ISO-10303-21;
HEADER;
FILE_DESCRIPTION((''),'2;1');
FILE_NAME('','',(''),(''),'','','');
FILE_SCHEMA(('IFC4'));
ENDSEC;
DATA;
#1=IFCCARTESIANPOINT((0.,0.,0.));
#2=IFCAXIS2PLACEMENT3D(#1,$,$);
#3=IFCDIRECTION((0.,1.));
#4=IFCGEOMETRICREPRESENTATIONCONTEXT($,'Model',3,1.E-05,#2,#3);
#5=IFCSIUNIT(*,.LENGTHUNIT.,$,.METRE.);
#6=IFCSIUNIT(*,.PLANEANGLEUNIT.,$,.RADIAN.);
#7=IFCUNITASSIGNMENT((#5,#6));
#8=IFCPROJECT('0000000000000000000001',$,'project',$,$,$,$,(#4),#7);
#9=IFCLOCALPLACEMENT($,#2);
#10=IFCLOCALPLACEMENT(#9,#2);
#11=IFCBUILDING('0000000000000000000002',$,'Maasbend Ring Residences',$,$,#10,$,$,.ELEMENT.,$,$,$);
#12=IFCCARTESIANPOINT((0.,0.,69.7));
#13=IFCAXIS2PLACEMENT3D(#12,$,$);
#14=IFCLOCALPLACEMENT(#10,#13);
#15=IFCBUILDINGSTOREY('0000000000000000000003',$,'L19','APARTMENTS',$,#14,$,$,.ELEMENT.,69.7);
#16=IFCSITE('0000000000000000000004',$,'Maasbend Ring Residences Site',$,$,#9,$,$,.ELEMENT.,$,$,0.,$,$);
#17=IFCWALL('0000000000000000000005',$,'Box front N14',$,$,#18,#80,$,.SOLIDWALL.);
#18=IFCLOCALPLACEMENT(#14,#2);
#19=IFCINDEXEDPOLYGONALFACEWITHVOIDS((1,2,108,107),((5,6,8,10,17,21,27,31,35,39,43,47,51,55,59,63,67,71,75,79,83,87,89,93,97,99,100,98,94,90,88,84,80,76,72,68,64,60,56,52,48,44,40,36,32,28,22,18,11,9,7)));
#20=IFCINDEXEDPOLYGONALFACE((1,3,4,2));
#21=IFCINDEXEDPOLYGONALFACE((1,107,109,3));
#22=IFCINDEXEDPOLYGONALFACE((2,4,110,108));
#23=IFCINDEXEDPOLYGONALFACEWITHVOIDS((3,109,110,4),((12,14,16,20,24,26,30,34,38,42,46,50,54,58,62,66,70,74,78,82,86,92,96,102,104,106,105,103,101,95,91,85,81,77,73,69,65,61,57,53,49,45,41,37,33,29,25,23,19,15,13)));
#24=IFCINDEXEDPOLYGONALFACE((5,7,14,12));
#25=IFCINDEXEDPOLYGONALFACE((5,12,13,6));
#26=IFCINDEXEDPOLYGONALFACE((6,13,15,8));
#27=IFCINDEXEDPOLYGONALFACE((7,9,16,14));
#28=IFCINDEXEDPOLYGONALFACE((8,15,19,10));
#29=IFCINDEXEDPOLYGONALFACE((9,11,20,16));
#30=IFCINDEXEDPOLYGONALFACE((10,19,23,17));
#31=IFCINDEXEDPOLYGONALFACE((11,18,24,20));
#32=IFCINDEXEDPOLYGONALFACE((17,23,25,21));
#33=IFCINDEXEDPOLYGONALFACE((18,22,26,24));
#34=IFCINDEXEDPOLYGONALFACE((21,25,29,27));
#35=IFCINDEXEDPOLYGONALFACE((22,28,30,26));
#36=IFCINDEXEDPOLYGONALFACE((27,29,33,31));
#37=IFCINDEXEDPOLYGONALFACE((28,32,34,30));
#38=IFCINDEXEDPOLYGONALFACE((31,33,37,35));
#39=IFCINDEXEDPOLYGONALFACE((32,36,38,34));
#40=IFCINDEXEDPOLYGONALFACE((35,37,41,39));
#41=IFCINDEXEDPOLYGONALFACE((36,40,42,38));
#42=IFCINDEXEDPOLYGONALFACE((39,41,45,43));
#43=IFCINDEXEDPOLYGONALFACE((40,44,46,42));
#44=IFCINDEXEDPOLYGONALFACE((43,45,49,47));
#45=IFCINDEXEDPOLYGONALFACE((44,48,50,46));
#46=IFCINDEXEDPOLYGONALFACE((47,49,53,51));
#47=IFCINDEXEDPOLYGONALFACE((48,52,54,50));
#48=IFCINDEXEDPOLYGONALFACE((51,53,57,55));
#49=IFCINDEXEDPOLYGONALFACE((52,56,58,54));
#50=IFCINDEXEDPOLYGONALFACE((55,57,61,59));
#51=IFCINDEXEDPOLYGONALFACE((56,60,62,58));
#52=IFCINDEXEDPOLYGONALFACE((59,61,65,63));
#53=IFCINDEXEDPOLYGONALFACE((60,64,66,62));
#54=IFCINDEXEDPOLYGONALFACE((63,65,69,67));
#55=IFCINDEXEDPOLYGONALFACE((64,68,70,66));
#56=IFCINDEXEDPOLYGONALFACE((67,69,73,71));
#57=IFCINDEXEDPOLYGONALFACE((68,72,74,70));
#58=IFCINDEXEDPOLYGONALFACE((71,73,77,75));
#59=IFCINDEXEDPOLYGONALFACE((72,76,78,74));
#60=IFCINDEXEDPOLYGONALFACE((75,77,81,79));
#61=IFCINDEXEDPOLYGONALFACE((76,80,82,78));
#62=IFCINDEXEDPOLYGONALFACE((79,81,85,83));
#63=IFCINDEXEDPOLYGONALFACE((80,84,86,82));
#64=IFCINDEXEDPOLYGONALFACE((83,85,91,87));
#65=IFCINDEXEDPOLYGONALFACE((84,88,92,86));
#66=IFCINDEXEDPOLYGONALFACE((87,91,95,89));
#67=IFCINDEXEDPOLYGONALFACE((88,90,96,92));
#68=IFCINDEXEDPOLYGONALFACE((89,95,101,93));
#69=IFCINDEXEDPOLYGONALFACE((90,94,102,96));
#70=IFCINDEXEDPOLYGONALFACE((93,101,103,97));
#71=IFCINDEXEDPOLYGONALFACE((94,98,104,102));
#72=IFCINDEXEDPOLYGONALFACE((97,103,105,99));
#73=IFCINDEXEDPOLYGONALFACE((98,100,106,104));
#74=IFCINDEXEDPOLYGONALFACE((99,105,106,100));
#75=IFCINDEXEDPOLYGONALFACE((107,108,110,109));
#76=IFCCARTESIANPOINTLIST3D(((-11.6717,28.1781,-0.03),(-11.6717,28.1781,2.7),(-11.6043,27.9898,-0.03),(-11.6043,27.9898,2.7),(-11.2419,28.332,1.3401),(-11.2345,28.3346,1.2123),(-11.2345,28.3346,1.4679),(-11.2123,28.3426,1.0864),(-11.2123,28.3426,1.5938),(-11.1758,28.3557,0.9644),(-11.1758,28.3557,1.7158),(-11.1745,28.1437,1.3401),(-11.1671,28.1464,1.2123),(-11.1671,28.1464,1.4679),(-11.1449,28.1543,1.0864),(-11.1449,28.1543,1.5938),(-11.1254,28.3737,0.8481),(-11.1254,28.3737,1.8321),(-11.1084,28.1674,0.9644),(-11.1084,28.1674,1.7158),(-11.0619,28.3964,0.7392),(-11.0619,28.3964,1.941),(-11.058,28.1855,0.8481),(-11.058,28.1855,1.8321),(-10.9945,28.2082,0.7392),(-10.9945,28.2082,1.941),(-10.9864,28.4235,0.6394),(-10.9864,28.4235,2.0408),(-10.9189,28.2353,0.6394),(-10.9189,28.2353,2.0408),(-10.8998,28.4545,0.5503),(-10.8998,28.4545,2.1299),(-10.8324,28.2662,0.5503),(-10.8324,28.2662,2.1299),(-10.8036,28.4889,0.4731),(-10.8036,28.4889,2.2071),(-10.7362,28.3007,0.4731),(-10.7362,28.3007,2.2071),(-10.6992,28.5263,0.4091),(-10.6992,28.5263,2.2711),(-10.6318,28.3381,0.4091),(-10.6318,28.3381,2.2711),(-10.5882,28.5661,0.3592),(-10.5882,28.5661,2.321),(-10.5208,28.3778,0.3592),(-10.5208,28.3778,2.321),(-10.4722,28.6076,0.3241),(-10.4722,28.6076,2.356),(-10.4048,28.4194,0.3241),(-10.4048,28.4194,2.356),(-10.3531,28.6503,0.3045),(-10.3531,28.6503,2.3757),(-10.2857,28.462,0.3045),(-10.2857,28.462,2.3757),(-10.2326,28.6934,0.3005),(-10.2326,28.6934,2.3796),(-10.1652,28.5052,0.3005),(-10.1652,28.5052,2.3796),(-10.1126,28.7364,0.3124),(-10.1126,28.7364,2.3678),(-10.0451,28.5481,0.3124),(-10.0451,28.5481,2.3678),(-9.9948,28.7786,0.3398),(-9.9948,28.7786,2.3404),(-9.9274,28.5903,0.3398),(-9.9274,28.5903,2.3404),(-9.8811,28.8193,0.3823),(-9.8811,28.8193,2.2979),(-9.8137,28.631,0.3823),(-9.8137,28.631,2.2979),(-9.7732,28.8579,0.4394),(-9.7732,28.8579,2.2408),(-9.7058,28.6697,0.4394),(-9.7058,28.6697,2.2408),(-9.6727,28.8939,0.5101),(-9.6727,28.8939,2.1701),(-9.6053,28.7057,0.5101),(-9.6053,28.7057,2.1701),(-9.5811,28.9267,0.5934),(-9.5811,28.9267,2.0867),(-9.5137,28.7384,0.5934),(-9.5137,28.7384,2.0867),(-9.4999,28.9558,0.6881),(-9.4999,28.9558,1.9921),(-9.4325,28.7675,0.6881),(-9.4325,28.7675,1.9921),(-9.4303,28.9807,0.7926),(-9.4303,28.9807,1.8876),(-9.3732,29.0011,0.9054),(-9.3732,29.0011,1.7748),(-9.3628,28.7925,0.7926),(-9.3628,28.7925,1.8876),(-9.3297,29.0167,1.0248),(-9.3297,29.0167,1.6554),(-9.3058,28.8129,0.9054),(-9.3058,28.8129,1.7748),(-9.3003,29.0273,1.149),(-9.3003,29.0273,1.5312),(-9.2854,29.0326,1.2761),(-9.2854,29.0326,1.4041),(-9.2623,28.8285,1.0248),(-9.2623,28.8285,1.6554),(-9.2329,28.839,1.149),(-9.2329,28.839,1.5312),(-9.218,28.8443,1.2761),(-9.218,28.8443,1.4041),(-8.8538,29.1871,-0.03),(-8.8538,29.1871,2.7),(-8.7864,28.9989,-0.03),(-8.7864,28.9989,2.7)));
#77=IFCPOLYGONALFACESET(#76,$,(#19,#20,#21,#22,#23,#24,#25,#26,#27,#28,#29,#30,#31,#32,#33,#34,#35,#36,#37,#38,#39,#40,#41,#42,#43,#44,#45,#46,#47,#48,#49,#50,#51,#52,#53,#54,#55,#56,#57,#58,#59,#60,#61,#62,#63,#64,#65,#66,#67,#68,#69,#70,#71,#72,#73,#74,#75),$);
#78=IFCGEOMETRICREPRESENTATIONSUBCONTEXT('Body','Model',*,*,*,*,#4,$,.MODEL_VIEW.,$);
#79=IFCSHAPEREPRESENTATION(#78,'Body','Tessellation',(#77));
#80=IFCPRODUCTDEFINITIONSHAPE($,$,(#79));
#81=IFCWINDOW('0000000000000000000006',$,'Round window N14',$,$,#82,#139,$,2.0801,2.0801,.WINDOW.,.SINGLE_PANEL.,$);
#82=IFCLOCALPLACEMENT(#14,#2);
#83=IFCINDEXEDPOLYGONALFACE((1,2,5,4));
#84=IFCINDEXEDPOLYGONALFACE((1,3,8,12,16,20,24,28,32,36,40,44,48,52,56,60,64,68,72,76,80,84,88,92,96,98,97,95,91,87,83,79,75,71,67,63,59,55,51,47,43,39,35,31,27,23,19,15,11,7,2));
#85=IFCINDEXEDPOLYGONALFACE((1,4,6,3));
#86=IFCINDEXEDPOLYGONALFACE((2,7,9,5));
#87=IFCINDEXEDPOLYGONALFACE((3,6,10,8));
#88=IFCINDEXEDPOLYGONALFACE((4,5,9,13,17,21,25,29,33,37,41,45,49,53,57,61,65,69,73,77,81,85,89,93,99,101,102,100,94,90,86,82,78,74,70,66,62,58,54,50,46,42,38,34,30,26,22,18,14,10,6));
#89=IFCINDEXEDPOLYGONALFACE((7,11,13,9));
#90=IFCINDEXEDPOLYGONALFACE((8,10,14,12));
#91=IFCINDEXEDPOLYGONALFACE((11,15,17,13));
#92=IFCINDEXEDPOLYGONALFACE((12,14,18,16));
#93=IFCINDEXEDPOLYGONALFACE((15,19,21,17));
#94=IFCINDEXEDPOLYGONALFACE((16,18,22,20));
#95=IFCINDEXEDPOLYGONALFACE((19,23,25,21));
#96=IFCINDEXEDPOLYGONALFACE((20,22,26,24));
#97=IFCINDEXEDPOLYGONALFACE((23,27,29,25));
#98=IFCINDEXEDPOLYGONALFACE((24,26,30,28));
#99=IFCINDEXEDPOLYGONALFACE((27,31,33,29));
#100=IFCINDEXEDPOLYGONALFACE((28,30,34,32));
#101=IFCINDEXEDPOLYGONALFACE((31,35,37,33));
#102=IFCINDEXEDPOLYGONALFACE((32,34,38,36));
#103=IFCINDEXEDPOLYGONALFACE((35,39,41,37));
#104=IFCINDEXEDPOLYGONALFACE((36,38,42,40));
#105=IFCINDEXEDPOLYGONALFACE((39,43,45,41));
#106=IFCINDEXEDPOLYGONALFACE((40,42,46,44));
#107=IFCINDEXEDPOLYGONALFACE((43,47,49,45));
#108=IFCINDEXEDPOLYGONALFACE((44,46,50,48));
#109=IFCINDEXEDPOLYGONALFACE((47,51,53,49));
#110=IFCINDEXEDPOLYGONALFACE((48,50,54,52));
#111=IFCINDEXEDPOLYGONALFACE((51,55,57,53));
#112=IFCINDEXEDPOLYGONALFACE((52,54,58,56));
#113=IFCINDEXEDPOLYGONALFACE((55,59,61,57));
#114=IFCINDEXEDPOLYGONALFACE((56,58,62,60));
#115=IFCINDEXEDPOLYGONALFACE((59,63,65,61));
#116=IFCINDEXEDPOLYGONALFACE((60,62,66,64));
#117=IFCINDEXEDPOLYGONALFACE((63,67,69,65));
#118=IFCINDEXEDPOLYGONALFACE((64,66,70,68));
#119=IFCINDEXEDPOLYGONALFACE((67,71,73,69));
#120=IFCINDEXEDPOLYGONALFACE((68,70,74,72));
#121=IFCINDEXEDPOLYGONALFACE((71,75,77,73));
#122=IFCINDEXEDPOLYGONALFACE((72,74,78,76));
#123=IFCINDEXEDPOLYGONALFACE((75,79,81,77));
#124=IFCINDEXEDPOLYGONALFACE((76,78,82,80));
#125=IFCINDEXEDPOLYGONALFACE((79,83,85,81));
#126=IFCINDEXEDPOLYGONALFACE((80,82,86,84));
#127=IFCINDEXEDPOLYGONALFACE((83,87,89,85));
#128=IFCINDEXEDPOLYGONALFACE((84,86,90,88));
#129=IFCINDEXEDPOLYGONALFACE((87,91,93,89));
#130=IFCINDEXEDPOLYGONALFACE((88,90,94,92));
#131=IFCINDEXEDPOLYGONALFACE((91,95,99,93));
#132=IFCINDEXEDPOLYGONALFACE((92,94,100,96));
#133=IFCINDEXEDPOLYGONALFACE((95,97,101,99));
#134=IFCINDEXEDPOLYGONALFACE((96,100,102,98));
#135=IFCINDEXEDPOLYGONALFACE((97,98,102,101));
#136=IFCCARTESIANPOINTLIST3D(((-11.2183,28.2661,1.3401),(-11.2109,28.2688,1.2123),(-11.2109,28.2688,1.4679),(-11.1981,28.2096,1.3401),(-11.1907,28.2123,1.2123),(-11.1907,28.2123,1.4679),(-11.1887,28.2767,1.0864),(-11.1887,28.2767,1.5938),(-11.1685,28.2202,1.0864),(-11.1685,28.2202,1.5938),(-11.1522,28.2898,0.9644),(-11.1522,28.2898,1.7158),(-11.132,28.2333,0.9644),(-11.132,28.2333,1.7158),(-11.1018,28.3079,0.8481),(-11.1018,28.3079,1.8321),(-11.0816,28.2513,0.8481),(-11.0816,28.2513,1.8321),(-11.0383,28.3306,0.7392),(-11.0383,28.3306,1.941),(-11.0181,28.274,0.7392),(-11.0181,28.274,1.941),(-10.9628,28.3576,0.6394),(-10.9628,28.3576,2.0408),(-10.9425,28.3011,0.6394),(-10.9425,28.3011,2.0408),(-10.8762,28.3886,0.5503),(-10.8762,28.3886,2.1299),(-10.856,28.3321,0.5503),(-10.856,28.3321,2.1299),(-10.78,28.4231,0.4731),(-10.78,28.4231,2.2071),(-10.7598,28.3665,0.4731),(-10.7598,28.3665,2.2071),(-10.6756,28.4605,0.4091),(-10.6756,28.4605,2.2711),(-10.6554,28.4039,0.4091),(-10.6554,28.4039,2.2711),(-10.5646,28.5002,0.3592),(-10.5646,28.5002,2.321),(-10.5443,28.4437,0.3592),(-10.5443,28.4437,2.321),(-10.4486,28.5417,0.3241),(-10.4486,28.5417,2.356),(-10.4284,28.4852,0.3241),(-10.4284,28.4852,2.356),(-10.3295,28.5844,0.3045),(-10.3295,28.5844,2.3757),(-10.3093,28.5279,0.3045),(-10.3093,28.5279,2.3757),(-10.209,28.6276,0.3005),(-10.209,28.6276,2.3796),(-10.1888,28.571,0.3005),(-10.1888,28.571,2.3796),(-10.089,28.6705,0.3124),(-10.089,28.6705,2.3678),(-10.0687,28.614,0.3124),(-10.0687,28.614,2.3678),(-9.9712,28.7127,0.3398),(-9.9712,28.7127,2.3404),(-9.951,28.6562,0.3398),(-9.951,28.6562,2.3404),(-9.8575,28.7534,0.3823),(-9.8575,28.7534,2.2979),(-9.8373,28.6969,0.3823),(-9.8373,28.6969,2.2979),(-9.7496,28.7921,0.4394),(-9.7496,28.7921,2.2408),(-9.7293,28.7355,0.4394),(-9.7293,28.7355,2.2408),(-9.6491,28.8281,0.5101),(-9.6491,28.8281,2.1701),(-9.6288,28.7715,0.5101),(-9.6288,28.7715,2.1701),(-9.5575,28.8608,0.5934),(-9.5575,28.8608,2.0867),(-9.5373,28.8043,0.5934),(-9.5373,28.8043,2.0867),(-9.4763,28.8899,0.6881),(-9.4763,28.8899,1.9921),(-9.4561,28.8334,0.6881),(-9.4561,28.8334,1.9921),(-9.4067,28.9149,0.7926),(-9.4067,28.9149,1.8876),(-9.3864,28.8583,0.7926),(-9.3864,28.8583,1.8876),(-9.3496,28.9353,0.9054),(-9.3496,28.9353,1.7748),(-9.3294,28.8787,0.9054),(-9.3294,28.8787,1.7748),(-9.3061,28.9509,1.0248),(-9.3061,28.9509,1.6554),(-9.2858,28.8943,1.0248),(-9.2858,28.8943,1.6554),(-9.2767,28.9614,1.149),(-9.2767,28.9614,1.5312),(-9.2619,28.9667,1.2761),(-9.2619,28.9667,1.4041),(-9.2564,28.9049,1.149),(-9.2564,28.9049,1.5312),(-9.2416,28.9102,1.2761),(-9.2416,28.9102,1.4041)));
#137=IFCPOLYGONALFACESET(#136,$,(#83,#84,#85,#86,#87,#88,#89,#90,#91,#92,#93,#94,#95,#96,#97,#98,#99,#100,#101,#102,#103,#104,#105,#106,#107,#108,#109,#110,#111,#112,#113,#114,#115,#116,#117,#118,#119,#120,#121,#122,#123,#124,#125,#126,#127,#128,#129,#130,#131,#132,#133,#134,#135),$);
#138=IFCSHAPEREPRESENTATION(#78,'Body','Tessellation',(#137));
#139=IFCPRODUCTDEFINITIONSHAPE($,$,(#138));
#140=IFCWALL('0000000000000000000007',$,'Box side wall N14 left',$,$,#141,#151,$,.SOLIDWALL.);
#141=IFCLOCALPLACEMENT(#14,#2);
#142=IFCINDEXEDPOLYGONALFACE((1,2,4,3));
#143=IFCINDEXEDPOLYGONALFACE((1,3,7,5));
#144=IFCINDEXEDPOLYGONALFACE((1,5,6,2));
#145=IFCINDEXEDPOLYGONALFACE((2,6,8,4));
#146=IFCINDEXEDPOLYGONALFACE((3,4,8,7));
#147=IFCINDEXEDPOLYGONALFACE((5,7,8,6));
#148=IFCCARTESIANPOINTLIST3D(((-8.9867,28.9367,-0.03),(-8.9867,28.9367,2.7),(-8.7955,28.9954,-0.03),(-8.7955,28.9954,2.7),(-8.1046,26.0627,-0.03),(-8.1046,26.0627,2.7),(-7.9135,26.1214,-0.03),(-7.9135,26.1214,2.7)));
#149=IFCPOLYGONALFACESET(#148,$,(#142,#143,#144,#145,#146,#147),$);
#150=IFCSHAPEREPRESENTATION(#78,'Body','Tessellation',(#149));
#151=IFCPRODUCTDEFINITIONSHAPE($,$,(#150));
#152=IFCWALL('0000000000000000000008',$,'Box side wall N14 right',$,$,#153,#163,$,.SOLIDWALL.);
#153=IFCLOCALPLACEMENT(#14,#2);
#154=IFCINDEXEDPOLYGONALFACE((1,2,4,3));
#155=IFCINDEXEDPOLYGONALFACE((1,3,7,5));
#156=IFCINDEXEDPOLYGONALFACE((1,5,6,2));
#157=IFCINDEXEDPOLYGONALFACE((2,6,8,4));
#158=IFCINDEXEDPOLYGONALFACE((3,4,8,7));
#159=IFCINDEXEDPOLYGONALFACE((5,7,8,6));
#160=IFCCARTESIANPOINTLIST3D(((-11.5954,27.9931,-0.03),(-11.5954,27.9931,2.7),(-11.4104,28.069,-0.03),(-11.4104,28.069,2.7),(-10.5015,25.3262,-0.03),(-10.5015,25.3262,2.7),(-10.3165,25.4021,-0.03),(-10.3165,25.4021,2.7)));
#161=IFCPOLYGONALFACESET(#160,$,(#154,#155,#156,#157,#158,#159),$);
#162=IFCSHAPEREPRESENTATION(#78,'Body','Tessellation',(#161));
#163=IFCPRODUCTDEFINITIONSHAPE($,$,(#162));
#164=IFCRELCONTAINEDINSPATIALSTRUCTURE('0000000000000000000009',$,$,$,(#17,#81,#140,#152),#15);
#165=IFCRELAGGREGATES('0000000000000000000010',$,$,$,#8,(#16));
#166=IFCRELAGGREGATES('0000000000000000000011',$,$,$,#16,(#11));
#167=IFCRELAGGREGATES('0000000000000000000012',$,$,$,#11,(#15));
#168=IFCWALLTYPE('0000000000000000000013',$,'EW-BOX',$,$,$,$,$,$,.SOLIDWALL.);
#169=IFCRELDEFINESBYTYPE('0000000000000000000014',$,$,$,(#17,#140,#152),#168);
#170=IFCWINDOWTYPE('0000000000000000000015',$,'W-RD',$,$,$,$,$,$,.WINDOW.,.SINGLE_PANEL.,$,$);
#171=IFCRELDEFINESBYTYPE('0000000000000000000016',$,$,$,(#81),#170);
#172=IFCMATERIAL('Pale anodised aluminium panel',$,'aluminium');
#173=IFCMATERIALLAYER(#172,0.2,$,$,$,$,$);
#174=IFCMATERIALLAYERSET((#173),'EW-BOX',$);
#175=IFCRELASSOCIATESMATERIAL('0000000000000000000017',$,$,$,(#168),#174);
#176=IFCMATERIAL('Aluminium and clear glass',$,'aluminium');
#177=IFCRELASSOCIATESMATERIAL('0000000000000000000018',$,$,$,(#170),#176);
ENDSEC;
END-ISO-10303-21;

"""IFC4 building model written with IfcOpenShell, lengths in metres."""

from ifc_helpers import new_model, si_unit, direction, frame, frame_2d, origin, place, context, subcontext, project, spatial, rectangle, circle, extrude, material, layer, layer_set, type_object, element, fill, save


model = new_model("IFC4")

# Units and contexts
model_context = context("Model", 3, precision=1e-05, world=origin(), true_north=direction((0.0, 1.0)))
body_context = subcontext(model_context, "Body", "Model", "MODEL_VIEW")
ifc_project = project(units=[si_unit("LENGTHUNIT", "METRE"), si_unit("PLANEANGLEUNIT", "RADIAN")], contexts=[model_context])

# Site, building, storey
site_placement = place(None, origin())
site = spatial("IfcSite", under=ifc_project, at=site_placement, Name="Maasbend Ring Residences Site", CompositionType="ELEMENT", RefElevation=0.0)
building_placement = place(site_placement, origin())
building = spatial("IfcBuilding", under=site, at=building_placement, Name="Maasbend Ring Residences", CompositionType="ELEMENT")
storey_placement = place(building_placement, frame((0.0, 0.0, 69.7)))
storey = spatial("IfcBuildingStorey", under=building, at=storey_placement, Name="L19", Description="APARTMENTS", CompositionType="ELEMENT", Elevation=69.7)

# Shared definitions
ifc_material_1 = material(Name="Pale anodised aluminium panel", Category="aluminium")
ifc_layer_1 = layer(ifc_material_1, 0.2)
ifc_layer_set_1 = layer_set([ifc_layer_1], Name="EW-BOX")
wall_type_1 = type_object("IfcWallType", Name="EW-BOX", PredefinedType="SOLIDWALL", material=ifc_layer_set_1)
ifc_material_2 = material(Name="Aluminium and clear glass", Category="aluminium")
window_type_1 = type_object("IfcWindowType", Name="W-RD", PartitioningType="SINGLE_PANEL", PredefinedType="WINDOW", material=ifc_material_2)

# Wall, opening, window
wall_1_placement = place(storey_placement, frame((-8.8201, 29.093, -0.03), z_axis=(0.0, 0.0, 1.0), x_axis=(-0.941461, -0.337122, 0.0)))
wall_1 = element("IfcWall", 1, at=wall_1_placement, inside=storey, type_object=wall_type_1, Name="Box front N14", PredefinedType="SOLIDWALL", context=body_context, shape_type="SweptSolid", body=[
    extrude(rectangle(XDim=2.9932, YDim=0.2, at=frame_2d((1.4966, 0.0))), origin(), (0.0, 0.0, 1.0), 2.73),
])
opening_1_placement = place(wall_1_placement, frame((0.4565, 0.0, 0.3301)))
opening_1 = element("IfcOpeningElement", 2, at=opening_1_placement, cuts=wall_1, PredefinedType="OPENING", context=body_context, shape_type="SweptSolid", body=[
    extrude(circle(Radius=1.04, at=frame_2d((1.04, 1.04))), frame((0.0, 0.1099, 0.0), z_axis=(0.0, -1.0, 0.0), x_axis=(1.0, 0.0, 0.0)), (0.0, 0.0, 1.0), 0.22),
])
window_1_placement = place(opening_1_placement, origin())
window_1 = element("IfcWindow", 3, at=window_1_placement, inside=storey, type_object=window_type_1, Name="Round window N14", OverallHeight=2.0801, OverallWidth=2.0801, PartitioningType="SINGLE_PANEL", PredefinedType="WINDOW", context=body_context, shape_type="SweptSolid", body=[
    extrude(circle(Radius=1.04, at=frame_2d((1.04, 1.04))), frame((0.0, 0.03, 0.0), z_axis=(0.0, -1.0, 0.0), x_axis=(1.0, 0.0, 0.0)), (0.0, 0.0, 1.0), 0.0601),
])
fill(opening_1, window_1)

# Walls
wall_2_placement = place(storey_placement, frame((-8.009, 26.092, -0.03), z_axis=(0.0, 0.0, 1.0), x_axis=(-0.293407, 0.955988, 0.0)))
element("IfcWall", 4, at=wall_2_placement, inside=storey, type_object=wall_type_1, Name="Box side wall N14 left", PredefinedType="SOLIDWALL", context=body_context, shape_type="SweptSolid", body=[
    extrude(rectangle(XDim=3.0063, YDim=0.2, at=frame_2d((1.5032, 0.0))), origin(), (0.0, 0.0, 1.0), 2.73),
])
wall_3_placement = place(storey_placement, frame((-10.4089, 25.364, -0.03), z_axis=(0.0, 0.0, 1.0), x_axis=(-0.37951, 0.925188, 0.0)))
element("IfcWall", 5, at=wall_3_placement, inside=storey, type_object=wall_type_1, Name="Box side wall N14 right", PredefinedType="SOLIDWALL", context=body_context, shape_type="SweptSolid", body=[
    extrude(rectangle(XDim=2.8826, YDim=0.2, at=frame_2d((1.4414, 0.0))), origin(), (0.0, 0.0, 1.0), 2.73),
])

save(model, "model.ifc")
